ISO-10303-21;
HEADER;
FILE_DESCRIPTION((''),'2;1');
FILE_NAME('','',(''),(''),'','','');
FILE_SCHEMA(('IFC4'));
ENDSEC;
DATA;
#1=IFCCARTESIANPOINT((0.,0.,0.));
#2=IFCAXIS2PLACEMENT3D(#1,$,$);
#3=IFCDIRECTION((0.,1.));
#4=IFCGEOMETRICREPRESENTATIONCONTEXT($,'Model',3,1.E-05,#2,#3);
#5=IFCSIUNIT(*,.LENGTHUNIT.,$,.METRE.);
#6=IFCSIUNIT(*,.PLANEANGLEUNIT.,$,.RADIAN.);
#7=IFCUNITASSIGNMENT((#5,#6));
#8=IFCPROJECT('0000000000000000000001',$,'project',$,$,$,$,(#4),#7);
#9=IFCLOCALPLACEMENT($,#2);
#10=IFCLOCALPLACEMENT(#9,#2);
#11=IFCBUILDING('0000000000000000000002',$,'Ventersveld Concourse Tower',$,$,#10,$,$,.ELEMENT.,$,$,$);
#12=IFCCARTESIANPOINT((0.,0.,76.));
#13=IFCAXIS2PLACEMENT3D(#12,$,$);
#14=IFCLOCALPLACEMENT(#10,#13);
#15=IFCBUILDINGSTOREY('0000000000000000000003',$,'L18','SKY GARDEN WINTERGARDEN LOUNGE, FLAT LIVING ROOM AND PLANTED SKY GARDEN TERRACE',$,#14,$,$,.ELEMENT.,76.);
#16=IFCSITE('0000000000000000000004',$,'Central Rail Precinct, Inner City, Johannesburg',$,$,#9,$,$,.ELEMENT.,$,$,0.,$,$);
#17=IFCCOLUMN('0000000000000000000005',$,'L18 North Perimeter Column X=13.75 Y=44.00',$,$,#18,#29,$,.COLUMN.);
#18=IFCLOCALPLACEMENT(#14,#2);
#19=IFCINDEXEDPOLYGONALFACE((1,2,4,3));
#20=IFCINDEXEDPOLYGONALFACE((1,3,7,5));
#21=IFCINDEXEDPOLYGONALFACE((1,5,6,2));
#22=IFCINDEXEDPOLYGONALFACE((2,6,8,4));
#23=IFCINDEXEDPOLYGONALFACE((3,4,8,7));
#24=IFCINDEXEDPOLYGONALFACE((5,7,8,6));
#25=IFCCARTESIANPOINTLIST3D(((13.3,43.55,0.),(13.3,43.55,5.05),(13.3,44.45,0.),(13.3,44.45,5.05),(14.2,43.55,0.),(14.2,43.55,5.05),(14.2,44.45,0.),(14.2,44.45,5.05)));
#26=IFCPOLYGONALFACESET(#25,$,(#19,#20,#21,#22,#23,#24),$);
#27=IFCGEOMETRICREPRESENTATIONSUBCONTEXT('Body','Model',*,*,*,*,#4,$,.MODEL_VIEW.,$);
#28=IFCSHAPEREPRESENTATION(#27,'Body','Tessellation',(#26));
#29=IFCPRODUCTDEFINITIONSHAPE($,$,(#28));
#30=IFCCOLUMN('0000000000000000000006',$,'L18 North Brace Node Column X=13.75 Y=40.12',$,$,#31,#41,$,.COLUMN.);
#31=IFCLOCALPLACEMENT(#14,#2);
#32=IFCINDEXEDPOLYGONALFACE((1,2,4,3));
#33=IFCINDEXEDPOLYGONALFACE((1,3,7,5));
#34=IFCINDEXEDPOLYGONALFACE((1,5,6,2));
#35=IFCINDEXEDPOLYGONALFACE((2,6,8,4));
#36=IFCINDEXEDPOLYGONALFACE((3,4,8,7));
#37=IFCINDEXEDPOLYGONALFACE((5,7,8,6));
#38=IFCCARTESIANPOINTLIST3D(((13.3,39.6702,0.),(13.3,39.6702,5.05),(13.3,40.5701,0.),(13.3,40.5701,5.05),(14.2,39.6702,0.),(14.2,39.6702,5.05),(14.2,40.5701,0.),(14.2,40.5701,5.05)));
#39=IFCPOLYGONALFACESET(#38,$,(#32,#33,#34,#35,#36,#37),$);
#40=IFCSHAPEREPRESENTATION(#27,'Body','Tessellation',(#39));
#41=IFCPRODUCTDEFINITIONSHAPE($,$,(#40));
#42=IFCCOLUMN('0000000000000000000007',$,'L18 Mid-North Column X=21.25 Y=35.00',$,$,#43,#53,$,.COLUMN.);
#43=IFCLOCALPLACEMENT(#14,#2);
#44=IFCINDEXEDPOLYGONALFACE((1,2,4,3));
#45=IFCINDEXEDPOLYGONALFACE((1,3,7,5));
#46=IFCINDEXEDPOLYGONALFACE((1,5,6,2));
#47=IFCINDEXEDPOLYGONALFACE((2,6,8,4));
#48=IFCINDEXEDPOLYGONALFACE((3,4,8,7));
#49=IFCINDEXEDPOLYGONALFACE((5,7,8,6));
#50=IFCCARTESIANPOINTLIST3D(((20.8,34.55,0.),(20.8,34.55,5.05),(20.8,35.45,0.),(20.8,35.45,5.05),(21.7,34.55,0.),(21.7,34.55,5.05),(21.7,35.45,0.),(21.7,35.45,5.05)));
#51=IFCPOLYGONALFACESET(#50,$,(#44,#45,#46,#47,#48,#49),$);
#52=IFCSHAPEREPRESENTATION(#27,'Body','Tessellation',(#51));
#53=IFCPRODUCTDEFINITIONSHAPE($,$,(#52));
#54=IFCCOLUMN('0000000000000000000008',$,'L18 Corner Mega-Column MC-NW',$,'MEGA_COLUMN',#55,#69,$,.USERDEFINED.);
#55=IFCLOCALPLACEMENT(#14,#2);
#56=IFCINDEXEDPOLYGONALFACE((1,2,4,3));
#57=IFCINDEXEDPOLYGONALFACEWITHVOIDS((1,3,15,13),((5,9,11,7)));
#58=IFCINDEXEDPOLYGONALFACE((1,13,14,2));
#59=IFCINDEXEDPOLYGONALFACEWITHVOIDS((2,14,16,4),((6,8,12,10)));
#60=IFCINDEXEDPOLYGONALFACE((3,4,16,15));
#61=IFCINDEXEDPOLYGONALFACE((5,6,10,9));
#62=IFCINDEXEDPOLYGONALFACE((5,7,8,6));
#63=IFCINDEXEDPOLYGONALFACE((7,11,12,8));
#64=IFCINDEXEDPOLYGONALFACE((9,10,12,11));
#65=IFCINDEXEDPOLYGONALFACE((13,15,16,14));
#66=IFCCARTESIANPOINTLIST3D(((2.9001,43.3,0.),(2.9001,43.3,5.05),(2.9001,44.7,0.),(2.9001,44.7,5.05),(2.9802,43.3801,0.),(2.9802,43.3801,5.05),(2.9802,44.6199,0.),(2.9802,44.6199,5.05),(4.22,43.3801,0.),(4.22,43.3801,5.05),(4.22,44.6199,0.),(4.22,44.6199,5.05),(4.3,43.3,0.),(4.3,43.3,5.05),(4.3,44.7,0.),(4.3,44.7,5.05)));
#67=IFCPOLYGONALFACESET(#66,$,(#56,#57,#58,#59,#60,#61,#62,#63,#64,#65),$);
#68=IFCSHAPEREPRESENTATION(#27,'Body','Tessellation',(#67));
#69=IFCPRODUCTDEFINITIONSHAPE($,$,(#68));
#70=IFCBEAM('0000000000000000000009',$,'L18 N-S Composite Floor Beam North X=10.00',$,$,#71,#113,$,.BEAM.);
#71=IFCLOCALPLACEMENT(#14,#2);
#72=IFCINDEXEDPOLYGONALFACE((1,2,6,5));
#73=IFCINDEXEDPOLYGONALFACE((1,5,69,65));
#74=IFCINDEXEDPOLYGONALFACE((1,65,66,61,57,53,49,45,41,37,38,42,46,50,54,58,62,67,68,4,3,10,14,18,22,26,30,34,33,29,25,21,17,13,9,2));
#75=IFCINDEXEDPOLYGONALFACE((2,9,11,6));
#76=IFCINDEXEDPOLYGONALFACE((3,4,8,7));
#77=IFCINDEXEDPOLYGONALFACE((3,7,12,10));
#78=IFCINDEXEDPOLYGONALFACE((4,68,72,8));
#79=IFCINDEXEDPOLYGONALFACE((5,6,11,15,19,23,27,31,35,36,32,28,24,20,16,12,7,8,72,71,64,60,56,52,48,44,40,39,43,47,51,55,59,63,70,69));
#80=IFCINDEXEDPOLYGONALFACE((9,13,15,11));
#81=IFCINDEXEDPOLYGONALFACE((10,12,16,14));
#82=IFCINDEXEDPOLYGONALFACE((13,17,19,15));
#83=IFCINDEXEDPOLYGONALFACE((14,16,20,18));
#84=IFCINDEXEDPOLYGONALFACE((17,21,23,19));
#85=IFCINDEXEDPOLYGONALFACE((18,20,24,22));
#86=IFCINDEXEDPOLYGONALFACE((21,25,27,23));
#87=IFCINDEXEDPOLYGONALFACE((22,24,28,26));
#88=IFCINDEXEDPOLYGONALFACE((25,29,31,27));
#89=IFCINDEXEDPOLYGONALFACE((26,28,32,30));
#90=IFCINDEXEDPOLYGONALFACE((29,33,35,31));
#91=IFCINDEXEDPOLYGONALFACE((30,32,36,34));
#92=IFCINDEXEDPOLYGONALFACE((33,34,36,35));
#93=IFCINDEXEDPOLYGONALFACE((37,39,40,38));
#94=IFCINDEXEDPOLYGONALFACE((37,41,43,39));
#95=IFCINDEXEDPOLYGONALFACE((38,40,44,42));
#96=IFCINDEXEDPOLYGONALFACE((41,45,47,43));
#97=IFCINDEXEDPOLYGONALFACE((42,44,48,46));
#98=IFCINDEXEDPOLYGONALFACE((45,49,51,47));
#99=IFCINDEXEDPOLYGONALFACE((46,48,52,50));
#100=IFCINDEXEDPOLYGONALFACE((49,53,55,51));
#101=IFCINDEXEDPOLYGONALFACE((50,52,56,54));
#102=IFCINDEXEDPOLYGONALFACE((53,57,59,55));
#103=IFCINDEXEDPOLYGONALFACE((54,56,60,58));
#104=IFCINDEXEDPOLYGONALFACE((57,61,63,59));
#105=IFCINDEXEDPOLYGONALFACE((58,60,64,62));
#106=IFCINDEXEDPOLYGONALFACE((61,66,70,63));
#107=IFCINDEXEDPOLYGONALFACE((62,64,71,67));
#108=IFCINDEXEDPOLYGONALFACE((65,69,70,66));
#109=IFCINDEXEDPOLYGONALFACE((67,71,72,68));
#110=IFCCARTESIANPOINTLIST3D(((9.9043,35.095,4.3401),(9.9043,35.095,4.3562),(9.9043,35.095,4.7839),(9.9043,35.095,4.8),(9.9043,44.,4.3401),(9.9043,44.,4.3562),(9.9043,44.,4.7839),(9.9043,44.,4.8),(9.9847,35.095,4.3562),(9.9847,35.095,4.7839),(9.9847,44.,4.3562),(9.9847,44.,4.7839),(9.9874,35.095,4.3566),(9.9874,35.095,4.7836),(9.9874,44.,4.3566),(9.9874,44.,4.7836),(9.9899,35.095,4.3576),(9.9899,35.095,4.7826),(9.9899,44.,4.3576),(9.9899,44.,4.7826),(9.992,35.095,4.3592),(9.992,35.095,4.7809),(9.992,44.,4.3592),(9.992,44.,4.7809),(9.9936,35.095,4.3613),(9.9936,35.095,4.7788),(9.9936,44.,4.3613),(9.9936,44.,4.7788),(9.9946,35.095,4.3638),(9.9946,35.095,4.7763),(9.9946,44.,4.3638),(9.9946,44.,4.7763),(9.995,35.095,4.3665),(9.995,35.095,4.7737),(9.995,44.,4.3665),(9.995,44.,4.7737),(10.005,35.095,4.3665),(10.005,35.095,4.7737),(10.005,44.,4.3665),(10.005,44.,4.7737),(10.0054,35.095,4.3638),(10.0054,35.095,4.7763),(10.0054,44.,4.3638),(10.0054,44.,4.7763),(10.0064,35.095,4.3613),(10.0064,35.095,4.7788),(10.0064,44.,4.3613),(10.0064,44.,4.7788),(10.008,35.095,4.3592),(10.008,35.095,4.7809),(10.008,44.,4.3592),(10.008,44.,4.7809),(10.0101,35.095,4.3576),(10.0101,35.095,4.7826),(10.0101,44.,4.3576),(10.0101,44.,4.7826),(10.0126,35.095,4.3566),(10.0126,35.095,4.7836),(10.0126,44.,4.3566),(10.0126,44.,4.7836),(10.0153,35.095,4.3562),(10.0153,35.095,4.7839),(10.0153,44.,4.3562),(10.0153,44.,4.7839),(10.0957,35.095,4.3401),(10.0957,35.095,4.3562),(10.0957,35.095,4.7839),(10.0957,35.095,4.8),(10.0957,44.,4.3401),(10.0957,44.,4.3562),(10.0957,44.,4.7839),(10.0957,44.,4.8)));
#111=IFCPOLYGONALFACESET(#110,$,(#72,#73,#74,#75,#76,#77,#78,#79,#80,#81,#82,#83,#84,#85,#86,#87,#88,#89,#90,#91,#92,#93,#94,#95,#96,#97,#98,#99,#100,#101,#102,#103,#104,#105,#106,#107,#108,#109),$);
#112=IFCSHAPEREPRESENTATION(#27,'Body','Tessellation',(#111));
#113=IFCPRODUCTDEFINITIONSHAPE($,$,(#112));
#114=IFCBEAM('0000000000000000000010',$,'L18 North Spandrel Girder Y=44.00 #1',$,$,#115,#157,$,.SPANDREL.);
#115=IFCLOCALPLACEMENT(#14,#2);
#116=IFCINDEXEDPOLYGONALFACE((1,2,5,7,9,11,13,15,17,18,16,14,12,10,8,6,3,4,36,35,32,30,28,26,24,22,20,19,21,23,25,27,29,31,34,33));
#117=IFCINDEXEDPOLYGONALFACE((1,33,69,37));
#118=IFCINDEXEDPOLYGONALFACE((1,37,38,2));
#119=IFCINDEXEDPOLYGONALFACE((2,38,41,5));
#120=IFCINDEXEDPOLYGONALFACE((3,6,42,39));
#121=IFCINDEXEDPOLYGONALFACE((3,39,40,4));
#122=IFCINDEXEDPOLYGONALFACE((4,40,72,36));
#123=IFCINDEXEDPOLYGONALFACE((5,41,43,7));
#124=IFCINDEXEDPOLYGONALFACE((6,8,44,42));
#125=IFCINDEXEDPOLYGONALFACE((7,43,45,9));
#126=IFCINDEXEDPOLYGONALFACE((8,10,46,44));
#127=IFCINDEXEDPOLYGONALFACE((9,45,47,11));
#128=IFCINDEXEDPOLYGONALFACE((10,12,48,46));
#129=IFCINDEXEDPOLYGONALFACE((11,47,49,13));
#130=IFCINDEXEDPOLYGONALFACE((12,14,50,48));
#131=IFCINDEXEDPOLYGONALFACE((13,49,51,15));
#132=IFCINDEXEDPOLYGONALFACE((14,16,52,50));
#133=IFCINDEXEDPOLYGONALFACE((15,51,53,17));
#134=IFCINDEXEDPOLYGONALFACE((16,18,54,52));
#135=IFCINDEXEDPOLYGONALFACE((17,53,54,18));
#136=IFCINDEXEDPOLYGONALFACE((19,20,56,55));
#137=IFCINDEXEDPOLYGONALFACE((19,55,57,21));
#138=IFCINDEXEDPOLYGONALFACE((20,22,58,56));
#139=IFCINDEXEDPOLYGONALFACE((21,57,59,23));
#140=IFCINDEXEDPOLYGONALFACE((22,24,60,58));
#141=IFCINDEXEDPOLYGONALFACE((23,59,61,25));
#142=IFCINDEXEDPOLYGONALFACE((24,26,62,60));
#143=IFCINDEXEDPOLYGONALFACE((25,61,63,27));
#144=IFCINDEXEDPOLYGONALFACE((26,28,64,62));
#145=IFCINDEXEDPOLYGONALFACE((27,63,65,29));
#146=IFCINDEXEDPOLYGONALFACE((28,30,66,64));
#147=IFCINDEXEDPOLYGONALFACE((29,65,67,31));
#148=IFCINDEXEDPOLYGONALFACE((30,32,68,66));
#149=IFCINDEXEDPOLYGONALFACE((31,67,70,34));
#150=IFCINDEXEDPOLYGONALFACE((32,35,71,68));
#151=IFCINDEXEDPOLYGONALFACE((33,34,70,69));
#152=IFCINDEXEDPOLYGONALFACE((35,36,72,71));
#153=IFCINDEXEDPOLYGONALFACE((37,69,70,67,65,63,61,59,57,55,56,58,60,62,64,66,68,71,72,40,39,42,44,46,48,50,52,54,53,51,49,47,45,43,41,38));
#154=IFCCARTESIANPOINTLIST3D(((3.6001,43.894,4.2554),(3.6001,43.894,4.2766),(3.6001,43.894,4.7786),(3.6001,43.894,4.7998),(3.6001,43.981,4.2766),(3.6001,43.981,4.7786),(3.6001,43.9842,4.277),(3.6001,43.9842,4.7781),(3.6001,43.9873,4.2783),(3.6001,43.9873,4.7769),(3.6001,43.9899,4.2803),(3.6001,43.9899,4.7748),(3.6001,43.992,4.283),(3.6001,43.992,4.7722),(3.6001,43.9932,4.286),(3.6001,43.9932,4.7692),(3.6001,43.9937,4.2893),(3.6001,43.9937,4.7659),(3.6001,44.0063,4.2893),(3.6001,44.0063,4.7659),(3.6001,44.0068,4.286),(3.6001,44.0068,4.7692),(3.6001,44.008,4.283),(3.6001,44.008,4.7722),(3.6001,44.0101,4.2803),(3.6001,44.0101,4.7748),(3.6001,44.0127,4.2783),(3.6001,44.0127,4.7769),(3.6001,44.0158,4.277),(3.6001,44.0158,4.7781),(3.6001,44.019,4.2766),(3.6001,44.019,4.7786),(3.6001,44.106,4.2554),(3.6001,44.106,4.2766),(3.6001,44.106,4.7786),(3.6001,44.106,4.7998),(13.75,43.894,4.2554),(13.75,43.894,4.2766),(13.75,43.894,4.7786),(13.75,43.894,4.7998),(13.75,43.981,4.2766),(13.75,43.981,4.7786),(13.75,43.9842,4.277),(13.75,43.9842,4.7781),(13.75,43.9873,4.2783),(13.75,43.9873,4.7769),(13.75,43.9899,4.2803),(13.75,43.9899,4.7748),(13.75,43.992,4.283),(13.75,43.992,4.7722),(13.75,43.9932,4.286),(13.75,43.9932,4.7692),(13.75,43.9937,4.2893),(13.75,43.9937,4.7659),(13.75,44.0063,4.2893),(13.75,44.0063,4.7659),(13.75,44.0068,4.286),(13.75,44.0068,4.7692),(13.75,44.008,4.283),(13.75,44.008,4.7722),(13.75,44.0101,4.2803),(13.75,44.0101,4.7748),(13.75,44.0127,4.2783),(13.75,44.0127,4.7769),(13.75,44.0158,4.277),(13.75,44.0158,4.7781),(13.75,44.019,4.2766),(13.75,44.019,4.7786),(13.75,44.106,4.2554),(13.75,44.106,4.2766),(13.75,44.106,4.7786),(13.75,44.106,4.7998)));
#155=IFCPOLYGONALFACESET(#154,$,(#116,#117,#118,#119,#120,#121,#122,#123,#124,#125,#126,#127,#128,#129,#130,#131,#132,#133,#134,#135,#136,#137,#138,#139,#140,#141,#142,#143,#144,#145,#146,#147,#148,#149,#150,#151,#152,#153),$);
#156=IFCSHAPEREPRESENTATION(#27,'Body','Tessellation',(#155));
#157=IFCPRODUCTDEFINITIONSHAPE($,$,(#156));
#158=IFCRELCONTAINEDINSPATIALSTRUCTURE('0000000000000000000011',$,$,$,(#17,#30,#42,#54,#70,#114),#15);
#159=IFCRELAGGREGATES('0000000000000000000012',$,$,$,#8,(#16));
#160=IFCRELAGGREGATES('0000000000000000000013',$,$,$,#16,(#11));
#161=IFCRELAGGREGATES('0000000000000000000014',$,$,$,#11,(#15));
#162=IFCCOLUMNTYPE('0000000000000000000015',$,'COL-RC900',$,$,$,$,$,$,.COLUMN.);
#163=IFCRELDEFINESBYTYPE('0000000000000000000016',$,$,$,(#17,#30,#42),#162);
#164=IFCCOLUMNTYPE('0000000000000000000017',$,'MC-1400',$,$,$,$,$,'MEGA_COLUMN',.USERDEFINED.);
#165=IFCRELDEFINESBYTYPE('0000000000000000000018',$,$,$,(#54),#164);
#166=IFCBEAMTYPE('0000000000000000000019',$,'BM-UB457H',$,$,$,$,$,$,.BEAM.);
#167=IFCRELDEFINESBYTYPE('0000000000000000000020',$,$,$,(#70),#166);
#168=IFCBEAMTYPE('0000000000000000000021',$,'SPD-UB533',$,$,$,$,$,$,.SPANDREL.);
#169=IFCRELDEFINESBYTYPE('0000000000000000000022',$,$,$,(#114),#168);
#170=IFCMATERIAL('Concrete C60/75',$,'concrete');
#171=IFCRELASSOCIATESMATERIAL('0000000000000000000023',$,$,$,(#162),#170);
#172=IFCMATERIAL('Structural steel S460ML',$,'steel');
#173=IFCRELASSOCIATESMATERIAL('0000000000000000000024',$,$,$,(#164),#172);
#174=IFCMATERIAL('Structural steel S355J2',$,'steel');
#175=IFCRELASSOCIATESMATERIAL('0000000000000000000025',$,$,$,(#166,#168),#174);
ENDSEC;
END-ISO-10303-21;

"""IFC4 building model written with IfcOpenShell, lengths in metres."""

from ifc_helpers import new_model, si_unit, direction, frame, origin, origin_2d, place, context, subcontext, project, spatial, rectangle, hollow_rectangle, i_section, extrude, material, material_profile, profile_set, type_object, element, save


model = new_model("IFC4")

# Units and contexts
model_context = context("Model", 3, precision=1e-05, world=origin(), true_north=direction((0.0, 1.0)))
body_context = subcontext(model_context, "Body", "Model", "MODEL_VIEW")
ifc_project = project(units=[si_unit("LENGTHUNIT", "METRE"), si_unit("PLANEANGLEUNIT", "RADIAN")], contexts=[model_context])

# Site, building, storey
site_placement = place(None, origin())
site = spatial("IfcSite", under=ifc_project, at=site_placement, Name="Central Rail Precinct, Inner City, Johannesburg", CompositionType="ELEMENT", RefElevation=0.0)
building_placement = place(site_placement, origin())
building = spatial("IfcBuilding", under=site, at=building_placement, Name="Ventersveld Concourse Tower", CompositionType="ELEMENT")
storey_placement = place(building_placement, frame((0.0, 0.0, 76.0)))
storey = spatial("IfcBuildingStorey", under=building, at=storey_placement, Name="L18", Description="SKY GARDEN WINTERGARDEN LOUNGE, FLAT LIVING ROOM AND PLANTED SKY GARDEN TERRACE", CompositionType="ELEMENT", Elevation=76.0)

# Columns
ifc_material_1 = material(Name="Concrete C60/75", Category="concrete")
ifc_material_profile_1 = material_profile(ifc_material_1, rectangle(XDim=0.8999, YDim=0.8999, at=origin_2d()), Name="RC 900x900")
ifc_profile_set_1 = profile_set([ifc_material_profile_1], Name="Concrete C60/75")
column_type_1 = type_object("IfcColumnType", Name="COL-RC900", PredefinedType="COLUMN", material=ifc_profile_set_1)
for number, where, z_axis, x_axis, name in (
    (1, (13.75, 44.0, 0.0), (0.0, 0.0, 1.0), (1.0, 0.0, 0.0), "L18 North Perimeter Column X=13.75 Y=44.00"),
    (2, (13.75, 40.1201, 0.0), (0.0, 0.0, 1.0), (1.0, 0.0, 0.0), "L18 North Brace Node Column X=13.75 Y=40.12"),
    (3, (21.25, 35.0, 0.0), (0.0, 0.0, 1.0), (1.0, 0.0, 0.0), "L18 Mid-North Column X=21.25 Y=35.00"),
):
    element("IfcColumn", number, at=place(storey_placement, frame(where, z_axis=z_axis, x_axis=x_axis)), inside=storey, type_object=column_type_1, Name=name, PredefinedType="COLUMN", context=body_context, shape_type="SweptSolid", body=[
        extrude(rectangle(XDim=0.8999, YDim=0.8999, at=origin_2d()), origin(), (0.0, 0.0, 1.0), 5.05),
    ])
ifc_material_2 = material(Name="Structural steel S460ML", Category="steel")
ifc_material_profile_2 = material_profile(ifc_material_2, hollow_rectangle(XDim=1.3999, YDim=1.3999, WallThickness=0.0801, at=origin_2d()), Name="BOX 1400x1400x80")
ifc_profile_set_2 = profile_set([ifc_material_profile_2], Name="Structural steel S460ML")
column_type_2 = type_object("IfcColumnType", Name="MC-1400", ElementType="MEGA_COLUMN", PredefinedType="USERDEFINED", material=ifc_profile_set_2)
column_placement = place(storey_placement, frame((3.6001, 44.0, 0.0), z_axis=(0.0, 0.0, 1.0), x_axis=(1.0, 0.0, 0.0)))
element("IfcColumn", 4, at=column_placement, inside=storey, type_object=column_type_2, Name="L18 Corner Mega-Column MC-NW", ObjectType="MEGA_COLUMN", PredefinedType="USERDEFINED", context=body_context, shape_type="SweptSolid", body=[
    extrude(hollow_rectangle(XDim=1.3999, YDim=1.3999, WallThickness=0.0801, at=origin_2d()), origin(), (0.0, 0.0, 1.0), 5.05),
])

# Beams
ifc_material_3 = material(Name="Structural steel S355J2", Category="steel")
ifc_material_profile_3 = material_profile(ifc_material_3, i_section(OverallWidth=0.1914, OverallDepth=0.46, WebThickness=0.01, FlangeThickness=0.0161, FilletRadius=0.0103, at=origin_2d()), Name="UB 457x191x82")
ifc_profile_set_3 = profile_set([ifc_material_profile_3], Name="Structural steel S355J2")
beam_type_1 = type_object("IfcBeamType", Name="BM-UB457H", PredefinedType="BEAM", material=ifc_profile_set_3)
beam_1_placement = place(storey_placement, frame((10.0, 35.095, 4.5701), z_axis=(0.0, 1.0, 0.0), x_axis=(-1.0, 0.0, 0.0)))
element("IfcBeam", 5, at=beam_1_placement, inside=storey, type_object=beam_type_1, Name="L18 N-S Composite Floor Beam North X=10.00", PredefinedType="BEAM", context=body_context, shape_type="SweptSolid", body=[
    extrude(i_section(OverallWidth=0.1914, OverallDepth=0.46, WebThickness=0.01, FlangeThickness=0.0161, FilletRadius=0.0103, at=origin_2d()), origin(), (0.0, 0.0, 1.0), 8.905),
])
ifc_material_profile_4 = material_profile(ifc_material_3, i_section(OverallWidth=0.2119, OverallDepth=0.5444, WebThickness=0.0127, FlangeThickness=0.0212, FilletRadius=0.0127, at=origin_2d()), Name="UB 533x210x122")
ifc_profile_set_4 = profile_set([ifc_material_profile_4], Name="Structural steel S355J2")
beam_type_2 = type_object("IfcBeamType", Name="SPD-UB533", PredefinedType="SPANDREL", material=ifc_profile_set_4)
beam_2_placement = place(storey_placement, frame((3.6001, 44.0, 4.5276), z_axis=(1.0, 0.0, 0.0), x_axis=(0.0, 1.0, 0.0)))
element("IfcBeam", 6, at=beam_2_placement, inside=storey, type_object=beam_type_2, Name="L18 North Spandrel Girder Y=44.00 #1", PredefinedType="SPANDREL", context=body_context, shape_type="SweptSolid", body=[
    extrude(i_section(OverallWidth=0.2119, OverallDepth=0.5444, WebThickness=0.0127, FlangeThickness=0.0212, FilletRadius=0.0127, at=origin_2d()), origin(), (0.0, 0.0, 1.0), 10.1499),
])

save(model, "model.ifc")
